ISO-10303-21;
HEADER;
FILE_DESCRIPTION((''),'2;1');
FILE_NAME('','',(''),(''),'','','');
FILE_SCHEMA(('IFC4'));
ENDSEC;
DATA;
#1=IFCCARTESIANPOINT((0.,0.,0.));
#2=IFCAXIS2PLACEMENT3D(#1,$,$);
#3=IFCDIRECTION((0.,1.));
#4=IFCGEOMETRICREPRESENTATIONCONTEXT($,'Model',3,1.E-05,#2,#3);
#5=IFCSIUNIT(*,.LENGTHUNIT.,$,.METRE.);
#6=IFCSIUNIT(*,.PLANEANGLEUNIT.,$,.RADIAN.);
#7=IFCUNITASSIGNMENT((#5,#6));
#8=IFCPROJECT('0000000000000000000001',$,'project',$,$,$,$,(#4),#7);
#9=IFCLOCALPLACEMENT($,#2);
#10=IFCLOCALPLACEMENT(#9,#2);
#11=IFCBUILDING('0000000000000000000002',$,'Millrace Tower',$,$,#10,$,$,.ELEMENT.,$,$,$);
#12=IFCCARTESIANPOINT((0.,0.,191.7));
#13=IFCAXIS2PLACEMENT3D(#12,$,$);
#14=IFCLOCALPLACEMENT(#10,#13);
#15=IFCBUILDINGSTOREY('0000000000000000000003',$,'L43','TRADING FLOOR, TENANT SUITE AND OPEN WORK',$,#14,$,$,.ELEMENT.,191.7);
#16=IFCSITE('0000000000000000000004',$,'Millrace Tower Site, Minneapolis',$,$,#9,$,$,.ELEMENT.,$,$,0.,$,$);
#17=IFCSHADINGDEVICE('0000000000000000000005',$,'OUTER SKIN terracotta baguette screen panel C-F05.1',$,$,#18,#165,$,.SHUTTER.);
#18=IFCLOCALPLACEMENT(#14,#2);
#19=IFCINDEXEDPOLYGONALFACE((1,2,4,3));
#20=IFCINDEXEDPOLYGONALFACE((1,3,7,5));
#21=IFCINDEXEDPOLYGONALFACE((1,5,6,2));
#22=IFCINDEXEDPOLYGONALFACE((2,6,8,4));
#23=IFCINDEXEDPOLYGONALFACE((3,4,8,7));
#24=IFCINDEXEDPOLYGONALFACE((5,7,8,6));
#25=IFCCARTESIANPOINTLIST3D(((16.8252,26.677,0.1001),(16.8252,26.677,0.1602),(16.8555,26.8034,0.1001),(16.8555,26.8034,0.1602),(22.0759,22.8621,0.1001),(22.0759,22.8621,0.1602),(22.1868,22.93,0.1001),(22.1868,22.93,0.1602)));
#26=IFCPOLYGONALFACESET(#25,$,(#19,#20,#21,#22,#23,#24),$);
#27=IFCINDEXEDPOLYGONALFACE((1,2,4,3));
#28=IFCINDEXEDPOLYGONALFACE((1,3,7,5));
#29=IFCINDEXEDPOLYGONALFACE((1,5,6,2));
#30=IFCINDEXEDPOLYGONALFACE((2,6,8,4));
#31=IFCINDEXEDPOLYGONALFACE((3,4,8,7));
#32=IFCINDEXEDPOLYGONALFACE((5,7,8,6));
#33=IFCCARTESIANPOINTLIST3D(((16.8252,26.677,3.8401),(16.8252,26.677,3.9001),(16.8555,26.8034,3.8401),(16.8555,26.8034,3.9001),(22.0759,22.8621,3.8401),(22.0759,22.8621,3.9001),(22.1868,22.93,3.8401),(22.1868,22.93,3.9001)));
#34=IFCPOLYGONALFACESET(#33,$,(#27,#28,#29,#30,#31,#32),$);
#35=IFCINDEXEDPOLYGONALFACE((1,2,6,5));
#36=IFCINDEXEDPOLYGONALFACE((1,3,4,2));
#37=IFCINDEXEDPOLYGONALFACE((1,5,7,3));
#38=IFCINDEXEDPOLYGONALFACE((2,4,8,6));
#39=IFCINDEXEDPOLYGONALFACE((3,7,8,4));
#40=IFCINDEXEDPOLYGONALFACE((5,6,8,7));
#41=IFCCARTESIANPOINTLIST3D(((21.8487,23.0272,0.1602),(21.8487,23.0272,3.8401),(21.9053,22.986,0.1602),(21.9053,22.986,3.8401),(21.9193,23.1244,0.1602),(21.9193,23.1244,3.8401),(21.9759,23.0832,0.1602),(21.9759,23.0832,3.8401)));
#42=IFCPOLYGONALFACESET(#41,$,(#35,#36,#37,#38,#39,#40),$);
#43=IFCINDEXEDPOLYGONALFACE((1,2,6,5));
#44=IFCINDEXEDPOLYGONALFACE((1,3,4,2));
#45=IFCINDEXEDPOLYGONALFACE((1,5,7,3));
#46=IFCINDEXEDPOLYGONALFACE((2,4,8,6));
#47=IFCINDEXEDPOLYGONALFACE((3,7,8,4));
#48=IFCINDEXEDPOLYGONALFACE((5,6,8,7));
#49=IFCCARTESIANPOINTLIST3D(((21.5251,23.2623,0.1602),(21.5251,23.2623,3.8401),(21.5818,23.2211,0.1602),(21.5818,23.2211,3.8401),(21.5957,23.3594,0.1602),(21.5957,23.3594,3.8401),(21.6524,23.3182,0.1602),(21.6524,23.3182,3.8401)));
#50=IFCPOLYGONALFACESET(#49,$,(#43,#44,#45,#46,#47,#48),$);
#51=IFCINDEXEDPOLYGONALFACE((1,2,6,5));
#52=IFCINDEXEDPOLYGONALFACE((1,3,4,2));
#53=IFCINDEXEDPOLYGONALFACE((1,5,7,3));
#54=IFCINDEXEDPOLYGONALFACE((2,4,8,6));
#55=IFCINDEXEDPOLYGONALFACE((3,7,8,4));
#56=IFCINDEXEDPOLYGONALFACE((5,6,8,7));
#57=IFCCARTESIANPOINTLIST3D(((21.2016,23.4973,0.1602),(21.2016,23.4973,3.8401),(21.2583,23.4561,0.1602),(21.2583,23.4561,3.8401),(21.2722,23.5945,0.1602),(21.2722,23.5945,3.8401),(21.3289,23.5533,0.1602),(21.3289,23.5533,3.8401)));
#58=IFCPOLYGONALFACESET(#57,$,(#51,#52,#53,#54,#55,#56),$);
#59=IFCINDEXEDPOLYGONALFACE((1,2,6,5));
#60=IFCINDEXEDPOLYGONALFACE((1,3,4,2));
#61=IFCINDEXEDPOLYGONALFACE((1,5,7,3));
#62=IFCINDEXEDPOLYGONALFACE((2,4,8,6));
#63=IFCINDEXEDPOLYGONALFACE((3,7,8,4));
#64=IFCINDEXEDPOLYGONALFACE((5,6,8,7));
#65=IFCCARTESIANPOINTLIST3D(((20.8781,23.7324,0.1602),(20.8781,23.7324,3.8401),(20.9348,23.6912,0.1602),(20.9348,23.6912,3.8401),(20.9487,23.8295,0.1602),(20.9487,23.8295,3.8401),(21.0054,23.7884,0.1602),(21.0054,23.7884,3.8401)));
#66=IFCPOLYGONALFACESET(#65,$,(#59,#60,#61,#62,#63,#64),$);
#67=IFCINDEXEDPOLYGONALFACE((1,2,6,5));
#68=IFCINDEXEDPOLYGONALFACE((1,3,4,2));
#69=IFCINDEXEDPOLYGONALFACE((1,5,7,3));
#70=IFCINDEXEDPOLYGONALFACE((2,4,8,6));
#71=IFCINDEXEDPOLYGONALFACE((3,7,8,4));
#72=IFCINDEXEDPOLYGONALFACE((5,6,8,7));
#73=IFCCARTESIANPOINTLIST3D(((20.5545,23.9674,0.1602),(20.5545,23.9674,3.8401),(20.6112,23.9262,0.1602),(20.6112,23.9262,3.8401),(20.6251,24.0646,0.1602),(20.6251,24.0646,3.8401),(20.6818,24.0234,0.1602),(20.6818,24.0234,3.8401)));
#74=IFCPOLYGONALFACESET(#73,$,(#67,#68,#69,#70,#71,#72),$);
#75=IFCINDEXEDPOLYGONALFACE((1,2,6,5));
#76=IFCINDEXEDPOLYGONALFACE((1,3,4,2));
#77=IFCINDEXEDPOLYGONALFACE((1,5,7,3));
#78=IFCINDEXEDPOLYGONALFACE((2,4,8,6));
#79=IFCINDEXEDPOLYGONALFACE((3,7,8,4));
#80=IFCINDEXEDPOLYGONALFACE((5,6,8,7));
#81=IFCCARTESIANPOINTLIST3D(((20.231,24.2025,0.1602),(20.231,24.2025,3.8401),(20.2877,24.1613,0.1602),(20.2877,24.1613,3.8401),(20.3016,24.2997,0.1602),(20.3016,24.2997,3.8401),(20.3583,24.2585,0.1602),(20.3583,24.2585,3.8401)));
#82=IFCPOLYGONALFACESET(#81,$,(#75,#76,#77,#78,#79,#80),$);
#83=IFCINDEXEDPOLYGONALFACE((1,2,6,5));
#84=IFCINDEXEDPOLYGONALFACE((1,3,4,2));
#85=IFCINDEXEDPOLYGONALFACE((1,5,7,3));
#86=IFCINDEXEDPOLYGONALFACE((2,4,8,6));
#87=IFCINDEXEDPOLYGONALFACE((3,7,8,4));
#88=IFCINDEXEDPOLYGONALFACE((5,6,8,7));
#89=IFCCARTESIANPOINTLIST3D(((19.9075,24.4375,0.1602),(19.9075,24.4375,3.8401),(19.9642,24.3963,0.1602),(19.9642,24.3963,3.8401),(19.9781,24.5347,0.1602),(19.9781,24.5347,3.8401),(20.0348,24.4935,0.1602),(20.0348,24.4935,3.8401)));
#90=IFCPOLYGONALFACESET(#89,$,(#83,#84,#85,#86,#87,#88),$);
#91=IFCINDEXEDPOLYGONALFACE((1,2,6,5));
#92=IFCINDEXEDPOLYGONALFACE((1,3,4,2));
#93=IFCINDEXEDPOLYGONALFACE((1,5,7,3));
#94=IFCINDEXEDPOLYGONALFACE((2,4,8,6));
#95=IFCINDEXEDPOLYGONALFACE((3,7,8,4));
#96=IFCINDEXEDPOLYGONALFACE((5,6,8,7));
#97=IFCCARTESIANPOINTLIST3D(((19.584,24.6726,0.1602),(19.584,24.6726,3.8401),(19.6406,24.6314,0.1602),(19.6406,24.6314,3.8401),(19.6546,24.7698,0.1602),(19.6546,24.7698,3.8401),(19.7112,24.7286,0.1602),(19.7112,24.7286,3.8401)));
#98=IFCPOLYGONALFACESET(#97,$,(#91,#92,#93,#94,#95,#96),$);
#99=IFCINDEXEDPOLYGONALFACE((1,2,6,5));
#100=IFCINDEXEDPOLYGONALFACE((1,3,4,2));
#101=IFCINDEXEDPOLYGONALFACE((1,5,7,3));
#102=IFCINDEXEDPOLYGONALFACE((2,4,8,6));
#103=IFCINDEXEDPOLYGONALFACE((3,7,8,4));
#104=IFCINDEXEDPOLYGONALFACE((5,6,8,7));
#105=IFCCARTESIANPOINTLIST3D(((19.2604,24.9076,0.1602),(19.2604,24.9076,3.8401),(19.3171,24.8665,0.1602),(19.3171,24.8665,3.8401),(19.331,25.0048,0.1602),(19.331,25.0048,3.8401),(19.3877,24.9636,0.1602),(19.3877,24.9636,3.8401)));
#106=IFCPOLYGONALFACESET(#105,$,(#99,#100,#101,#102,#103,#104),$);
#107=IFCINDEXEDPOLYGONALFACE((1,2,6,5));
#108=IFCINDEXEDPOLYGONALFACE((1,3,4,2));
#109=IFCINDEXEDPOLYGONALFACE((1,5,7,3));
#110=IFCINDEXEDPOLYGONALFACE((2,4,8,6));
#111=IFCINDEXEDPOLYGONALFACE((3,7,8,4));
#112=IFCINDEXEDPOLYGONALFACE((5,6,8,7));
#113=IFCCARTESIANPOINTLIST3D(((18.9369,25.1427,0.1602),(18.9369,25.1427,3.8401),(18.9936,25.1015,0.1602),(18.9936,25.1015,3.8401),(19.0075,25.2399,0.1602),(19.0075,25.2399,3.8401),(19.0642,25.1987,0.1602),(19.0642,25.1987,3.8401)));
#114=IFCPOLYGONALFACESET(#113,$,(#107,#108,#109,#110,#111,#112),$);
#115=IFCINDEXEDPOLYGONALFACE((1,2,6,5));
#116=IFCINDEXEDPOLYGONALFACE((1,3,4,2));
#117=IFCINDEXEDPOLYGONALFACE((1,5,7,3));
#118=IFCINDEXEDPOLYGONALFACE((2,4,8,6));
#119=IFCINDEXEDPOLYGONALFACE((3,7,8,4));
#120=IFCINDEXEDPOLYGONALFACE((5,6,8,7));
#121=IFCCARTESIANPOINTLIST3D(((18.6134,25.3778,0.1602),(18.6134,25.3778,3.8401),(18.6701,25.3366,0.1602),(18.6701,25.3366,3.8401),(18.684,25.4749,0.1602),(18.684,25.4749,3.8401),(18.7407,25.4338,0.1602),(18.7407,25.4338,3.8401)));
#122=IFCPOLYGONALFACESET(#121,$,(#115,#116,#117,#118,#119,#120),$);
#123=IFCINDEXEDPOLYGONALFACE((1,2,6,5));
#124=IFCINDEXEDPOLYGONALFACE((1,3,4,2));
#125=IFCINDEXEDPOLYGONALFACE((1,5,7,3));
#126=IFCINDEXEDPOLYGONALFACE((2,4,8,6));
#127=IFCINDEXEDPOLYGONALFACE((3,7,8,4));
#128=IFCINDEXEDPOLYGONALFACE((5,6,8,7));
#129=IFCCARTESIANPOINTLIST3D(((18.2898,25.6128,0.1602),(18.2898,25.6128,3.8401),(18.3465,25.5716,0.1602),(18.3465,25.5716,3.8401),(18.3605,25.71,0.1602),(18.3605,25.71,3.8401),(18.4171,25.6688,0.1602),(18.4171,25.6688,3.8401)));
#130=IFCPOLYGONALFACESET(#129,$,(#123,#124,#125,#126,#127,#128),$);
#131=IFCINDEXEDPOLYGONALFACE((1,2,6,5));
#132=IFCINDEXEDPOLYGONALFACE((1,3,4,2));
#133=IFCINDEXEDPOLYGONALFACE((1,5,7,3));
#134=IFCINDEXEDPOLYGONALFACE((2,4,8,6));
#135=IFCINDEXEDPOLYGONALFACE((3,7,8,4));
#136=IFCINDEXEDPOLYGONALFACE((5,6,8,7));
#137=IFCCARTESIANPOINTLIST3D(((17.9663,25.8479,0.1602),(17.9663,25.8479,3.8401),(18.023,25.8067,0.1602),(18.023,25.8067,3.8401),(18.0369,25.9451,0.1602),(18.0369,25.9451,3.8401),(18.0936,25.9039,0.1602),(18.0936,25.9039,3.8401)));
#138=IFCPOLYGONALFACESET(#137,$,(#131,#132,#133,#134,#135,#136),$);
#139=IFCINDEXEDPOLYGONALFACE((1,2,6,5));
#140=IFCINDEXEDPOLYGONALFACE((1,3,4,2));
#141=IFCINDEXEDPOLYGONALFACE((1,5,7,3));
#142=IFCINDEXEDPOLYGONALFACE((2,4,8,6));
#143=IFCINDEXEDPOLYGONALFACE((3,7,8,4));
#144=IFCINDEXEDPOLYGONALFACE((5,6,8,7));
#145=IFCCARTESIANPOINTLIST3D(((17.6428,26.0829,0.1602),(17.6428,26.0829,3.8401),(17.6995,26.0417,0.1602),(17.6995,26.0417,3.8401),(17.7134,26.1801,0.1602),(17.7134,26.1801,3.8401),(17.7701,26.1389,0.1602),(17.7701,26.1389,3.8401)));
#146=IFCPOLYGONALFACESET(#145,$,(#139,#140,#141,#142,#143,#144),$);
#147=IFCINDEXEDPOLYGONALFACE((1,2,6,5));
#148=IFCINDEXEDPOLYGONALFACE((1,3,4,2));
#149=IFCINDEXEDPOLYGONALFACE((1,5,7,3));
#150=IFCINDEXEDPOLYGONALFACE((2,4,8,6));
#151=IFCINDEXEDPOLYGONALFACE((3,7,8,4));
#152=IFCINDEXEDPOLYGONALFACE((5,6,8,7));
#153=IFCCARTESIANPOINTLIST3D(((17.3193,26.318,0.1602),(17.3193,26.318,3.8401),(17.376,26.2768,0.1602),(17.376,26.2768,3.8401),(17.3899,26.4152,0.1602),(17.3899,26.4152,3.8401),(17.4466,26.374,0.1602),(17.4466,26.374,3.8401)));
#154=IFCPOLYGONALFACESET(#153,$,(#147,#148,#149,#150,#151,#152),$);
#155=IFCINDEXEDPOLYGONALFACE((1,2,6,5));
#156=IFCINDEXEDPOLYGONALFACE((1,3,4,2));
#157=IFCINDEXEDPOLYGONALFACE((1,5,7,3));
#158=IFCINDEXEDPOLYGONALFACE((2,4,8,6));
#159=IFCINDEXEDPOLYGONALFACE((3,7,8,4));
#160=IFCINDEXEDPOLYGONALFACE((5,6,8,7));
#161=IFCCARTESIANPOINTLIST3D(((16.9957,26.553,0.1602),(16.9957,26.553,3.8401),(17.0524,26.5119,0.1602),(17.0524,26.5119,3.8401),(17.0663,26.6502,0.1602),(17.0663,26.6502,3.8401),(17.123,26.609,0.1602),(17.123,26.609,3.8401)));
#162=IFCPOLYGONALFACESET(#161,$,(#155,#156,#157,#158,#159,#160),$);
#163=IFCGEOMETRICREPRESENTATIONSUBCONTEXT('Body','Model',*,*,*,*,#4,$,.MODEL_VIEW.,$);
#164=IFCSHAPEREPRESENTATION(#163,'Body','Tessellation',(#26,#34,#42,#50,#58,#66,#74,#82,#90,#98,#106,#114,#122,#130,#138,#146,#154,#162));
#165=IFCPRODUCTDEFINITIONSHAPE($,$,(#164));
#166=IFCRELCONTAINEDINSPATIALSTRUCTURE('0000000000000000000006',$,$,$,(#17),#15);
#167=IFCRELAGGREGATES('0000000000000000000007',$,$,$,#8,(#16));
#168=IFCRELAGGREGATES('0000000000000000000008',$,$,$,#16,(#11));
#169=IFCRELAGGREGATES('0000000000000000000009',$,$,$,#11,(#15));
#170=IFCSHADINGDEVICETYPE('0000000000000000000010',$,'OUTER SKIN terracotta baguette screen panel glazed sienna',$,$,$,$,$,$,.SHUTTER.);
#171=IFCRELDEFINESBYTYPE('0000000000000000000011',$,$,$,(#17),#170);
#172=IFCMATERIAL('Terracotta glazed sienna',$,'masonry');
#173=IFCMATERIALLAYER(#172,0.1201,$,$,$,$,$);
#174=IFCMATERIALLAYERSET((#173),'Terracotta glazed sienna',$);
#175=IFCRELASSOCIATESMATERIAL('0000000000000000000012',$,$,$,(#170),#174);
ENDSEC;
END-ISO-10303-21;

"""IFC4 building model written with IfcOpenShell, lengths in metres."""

from ifc_helpers import new_model, entity, si_unit, direction, frame, frame_2d, origin, place, context, subcontext, project, spatial, rectangle, extrude, source, transform, mapped, material, layer, layer_set, type_object, element, save


model = new_model("IFC4")

# Units and contexts
model_context = context("Model", 3, precision=1e-05, world=origin(), true_north=direction((0.0, 1.0)))
body_context = subcontext(model_context, "Body", "Model", "MODEL_VIEW")
ifc_project = project(units=[si_unit("LENGTHUNIT", "METRE"), si_unit("PLANEANGLEUNIT", "RADIAN")], contexts=[model_context])

# Site, building, storey
site_placement = place(None, origin())
site = spatial("IfcSite", under=ifc_project, at=site_placement, Name="Millrace Tower Site, Minneapolis", CompositionType="ELEMENT", RefElevation=0.0)
building_placement = place(site_placement, origin())
building = spatial("IfcBuilding", under=site, at=building_placement, Name="Millrace Tower", CompositionType="ELEMENT")
storey_placement = place(building_placement, frame((0.0, 0.0, 191.7)))
storey = spatial("IfcBuildingStorey", under=building, at=storey_placement, Name="L43", Description="TRADING FLOOR, TENANT SUITE AND OPEN WORK", CompositionType="ELEMENT", Elevation=191.7)

# Shading device
ifc_material_1 = material(Name="Terracotta glazed sienna", Category="masonry")
ifc_layer_1 = layer(ifc_material_1, 0.1201)
ifc_layer_set_1 = layer_set([ifc_layer_1], Name="Terracotta glazed sienna")
shading_device_type = type_object("IfcShadingDeviceType", Name="OUTER SKIN terracotta baguette screen panel glazed sienna", PredefinedType="SHUTTER", material=ifc_layer_set_1)
cartesian_point_1 = entity("IfcCartesianPoint", [-3.2451, 0.0601])
shared_polyline_1 = entity("IfcPolyline", [cartesian_point_1, entity("IfcCartesianPoint", [3.2451, 0.0601]), entity("IfcCartesianPoint", [3.2949, -0.0601]), entity("IfcCartesianPoint", [-3.2949, -0.0601]), cartesian_point_1])
shared_shape_1 = source(origin(), body_context, "Body", "SweptSolid", [
    entity("IfcExtrudedAreaSolid", entity("IfcArbitraryClosedProfileDef", "AREA", None, shared_polyline_1), entity("IfcAxis2Placement3D", entity("IfcCartesianPoint", [0.0, 0.0, 0.0])), entity("IfcDirection", [0.0, 0.0, 1.0]), 0.0601),
    entity("IfcExtrudedAreaSolid", entity("IfcArbitraryClosedProfileDef", "AREA", None, shared_polyline_1), entity("IfcAxis2Placement3D", entity("IfcCartesianPoint", [0.0, 0.0, 3.74])), entity("IfcDirection", [0.0, 0.0, 1.0]), 0.0601),
    extrude(rectangle(XDim=0.0701, YDim=0.1201, at=frame_2d((-2.9993, 0.0))), frame((0.0, 0.0, 0.0601)), (0.0, 0.0, 1.0), 3.6799),
    extrude(rectangle(XDim=0.0701, YDim=0.1201, at=frame_2d((-2.5994, 0.0))), frame((0.0, 0.0, 0.0601)), (0.0, 0.0, 1.0), 3.6799),
    extrude(rectangle(XDim=0.0701, YDim=0.1201, at=frame_2d((-2.1995, 0.0))), frame((0.0, 0.0, 0.0601)), (0.0, 0.0, 1.0), 3.6799),
    extrude(rectangle(XDim=0.0701, YDim=0.1201, at=frame_2d((-1.7996, 0.0))), frame((0.0, 0.0, 0.0601)), (0.0, 0.0, 1.0), 3.6799),
    extrude(rectangle(XDim=0.0701, YDim=0.1201, at=frame_2d((-1.3997, 0.0))), frame((0.0, 0.0, 0.0601)), (0.0, 0.0, 1.0), 3.6799),
    extrude(rectangle(XDim=0.0701, YDim=0.1201, at=frame_2d((-0.9998, 0.0))), frame((0.0, 0.0, 0.0601)), (0.0, 0.0, 1.0), 3.6799),
    extrude(rectangle(XDim=0.0701, YDim=0.1201, at=frame_2d((-0.5999, 0.0))), frame((0.0, 0.0, 0.0601)), (0.0, 0.0, 1.0), 3.6799),
    extrude(rectangle(XDim=0.0701, YDim=0.1201, at=frame_2d((-0.2, 0.0))), frame((0.0, 0.0, 0.0601)), (0.0, 0.0, 1.0), 3.6799),
    extrude(rectangle(XDim=0.0701, YDim=0.1201, at=frame_2d((0.2, 0.0))), frame((0.0, 0.0, 0.0601)), (0.0, 0.0, 1.0), 3.6799),
    extrude(rectangle(XDim=0.0701, YDim=0.1201, at=frame_2d((0.5999, 0.0))), frame((0.0, 0.0, 0.0601)), (0.0, 0.0, 1.0), 3.6799),
    extrude(rectangle(XDim=0.0701, YDim=0.1201, at=frame_2d((0.9998, 0.0))), frame((0.0, 0.0, 0.0601)), (0.0, 0.0, 1.0), 3.6799),
    extrude(rectangle(XDim=0.0701, YDim=0.1201, at=frame_2d((1.3997, 0.0))), frame((0.0, 0.0, 0.0601)), (0.0, 0.0, 1.0), 3.6799),
    extrude(rectangle(XDim=0.0701, YDim=0.1201, at=frame_2d((1.7996, 0.0))), frame((0.0, 0.0, 0.0601)), (0.0, 0.0, 1.0), 3.6799),
    extrude(rectangle(XDim=0.0701, YDim=0.1201, at=frame_2d((2.1995, 0.0))), frame((0.0, 0.0, 0.0601)), (0.0, 0.0, 1.0), 3.6799),
    extrude(rectangle(XDim=0.0701, YDim=0.1201, at=frame_2d((2.5994, 0.0))), frame((0.0, 0.0, 0.0601)), (0.0, 0.0, 1.0), 3.6799),
    extrude(rectangle(XDim=0.0701, YDim=0.1201, at=frame_2d((2.9993, 0.0))), frame((0.0, 0.0, 0.0601)), (0.0, 0.0, 1.0), 3.6799),
])
shading_device_1_placement = place(storey_placement, frame((19.4858, 24.8181, 0.1001), z_axis=(0.0, 0.0, 1.0), x_axis=(-0.809017, 0.587785, 0.0)))
element("IfcShadingDevice", 1, at=shading_device_1_placement, inside=storey, type_object=shading_device_type, Name="OUTER SKIN terracotta baguette screen panel C-F05.1", PredefinedType="SHUTTER", context=body_context, shape_type="MappedRepresentation", body=[
    mapped(shared_shape_1, transform((0.0, 0.0, 0.0), scale=1.0)),
])

save(model, "model.ifc")
